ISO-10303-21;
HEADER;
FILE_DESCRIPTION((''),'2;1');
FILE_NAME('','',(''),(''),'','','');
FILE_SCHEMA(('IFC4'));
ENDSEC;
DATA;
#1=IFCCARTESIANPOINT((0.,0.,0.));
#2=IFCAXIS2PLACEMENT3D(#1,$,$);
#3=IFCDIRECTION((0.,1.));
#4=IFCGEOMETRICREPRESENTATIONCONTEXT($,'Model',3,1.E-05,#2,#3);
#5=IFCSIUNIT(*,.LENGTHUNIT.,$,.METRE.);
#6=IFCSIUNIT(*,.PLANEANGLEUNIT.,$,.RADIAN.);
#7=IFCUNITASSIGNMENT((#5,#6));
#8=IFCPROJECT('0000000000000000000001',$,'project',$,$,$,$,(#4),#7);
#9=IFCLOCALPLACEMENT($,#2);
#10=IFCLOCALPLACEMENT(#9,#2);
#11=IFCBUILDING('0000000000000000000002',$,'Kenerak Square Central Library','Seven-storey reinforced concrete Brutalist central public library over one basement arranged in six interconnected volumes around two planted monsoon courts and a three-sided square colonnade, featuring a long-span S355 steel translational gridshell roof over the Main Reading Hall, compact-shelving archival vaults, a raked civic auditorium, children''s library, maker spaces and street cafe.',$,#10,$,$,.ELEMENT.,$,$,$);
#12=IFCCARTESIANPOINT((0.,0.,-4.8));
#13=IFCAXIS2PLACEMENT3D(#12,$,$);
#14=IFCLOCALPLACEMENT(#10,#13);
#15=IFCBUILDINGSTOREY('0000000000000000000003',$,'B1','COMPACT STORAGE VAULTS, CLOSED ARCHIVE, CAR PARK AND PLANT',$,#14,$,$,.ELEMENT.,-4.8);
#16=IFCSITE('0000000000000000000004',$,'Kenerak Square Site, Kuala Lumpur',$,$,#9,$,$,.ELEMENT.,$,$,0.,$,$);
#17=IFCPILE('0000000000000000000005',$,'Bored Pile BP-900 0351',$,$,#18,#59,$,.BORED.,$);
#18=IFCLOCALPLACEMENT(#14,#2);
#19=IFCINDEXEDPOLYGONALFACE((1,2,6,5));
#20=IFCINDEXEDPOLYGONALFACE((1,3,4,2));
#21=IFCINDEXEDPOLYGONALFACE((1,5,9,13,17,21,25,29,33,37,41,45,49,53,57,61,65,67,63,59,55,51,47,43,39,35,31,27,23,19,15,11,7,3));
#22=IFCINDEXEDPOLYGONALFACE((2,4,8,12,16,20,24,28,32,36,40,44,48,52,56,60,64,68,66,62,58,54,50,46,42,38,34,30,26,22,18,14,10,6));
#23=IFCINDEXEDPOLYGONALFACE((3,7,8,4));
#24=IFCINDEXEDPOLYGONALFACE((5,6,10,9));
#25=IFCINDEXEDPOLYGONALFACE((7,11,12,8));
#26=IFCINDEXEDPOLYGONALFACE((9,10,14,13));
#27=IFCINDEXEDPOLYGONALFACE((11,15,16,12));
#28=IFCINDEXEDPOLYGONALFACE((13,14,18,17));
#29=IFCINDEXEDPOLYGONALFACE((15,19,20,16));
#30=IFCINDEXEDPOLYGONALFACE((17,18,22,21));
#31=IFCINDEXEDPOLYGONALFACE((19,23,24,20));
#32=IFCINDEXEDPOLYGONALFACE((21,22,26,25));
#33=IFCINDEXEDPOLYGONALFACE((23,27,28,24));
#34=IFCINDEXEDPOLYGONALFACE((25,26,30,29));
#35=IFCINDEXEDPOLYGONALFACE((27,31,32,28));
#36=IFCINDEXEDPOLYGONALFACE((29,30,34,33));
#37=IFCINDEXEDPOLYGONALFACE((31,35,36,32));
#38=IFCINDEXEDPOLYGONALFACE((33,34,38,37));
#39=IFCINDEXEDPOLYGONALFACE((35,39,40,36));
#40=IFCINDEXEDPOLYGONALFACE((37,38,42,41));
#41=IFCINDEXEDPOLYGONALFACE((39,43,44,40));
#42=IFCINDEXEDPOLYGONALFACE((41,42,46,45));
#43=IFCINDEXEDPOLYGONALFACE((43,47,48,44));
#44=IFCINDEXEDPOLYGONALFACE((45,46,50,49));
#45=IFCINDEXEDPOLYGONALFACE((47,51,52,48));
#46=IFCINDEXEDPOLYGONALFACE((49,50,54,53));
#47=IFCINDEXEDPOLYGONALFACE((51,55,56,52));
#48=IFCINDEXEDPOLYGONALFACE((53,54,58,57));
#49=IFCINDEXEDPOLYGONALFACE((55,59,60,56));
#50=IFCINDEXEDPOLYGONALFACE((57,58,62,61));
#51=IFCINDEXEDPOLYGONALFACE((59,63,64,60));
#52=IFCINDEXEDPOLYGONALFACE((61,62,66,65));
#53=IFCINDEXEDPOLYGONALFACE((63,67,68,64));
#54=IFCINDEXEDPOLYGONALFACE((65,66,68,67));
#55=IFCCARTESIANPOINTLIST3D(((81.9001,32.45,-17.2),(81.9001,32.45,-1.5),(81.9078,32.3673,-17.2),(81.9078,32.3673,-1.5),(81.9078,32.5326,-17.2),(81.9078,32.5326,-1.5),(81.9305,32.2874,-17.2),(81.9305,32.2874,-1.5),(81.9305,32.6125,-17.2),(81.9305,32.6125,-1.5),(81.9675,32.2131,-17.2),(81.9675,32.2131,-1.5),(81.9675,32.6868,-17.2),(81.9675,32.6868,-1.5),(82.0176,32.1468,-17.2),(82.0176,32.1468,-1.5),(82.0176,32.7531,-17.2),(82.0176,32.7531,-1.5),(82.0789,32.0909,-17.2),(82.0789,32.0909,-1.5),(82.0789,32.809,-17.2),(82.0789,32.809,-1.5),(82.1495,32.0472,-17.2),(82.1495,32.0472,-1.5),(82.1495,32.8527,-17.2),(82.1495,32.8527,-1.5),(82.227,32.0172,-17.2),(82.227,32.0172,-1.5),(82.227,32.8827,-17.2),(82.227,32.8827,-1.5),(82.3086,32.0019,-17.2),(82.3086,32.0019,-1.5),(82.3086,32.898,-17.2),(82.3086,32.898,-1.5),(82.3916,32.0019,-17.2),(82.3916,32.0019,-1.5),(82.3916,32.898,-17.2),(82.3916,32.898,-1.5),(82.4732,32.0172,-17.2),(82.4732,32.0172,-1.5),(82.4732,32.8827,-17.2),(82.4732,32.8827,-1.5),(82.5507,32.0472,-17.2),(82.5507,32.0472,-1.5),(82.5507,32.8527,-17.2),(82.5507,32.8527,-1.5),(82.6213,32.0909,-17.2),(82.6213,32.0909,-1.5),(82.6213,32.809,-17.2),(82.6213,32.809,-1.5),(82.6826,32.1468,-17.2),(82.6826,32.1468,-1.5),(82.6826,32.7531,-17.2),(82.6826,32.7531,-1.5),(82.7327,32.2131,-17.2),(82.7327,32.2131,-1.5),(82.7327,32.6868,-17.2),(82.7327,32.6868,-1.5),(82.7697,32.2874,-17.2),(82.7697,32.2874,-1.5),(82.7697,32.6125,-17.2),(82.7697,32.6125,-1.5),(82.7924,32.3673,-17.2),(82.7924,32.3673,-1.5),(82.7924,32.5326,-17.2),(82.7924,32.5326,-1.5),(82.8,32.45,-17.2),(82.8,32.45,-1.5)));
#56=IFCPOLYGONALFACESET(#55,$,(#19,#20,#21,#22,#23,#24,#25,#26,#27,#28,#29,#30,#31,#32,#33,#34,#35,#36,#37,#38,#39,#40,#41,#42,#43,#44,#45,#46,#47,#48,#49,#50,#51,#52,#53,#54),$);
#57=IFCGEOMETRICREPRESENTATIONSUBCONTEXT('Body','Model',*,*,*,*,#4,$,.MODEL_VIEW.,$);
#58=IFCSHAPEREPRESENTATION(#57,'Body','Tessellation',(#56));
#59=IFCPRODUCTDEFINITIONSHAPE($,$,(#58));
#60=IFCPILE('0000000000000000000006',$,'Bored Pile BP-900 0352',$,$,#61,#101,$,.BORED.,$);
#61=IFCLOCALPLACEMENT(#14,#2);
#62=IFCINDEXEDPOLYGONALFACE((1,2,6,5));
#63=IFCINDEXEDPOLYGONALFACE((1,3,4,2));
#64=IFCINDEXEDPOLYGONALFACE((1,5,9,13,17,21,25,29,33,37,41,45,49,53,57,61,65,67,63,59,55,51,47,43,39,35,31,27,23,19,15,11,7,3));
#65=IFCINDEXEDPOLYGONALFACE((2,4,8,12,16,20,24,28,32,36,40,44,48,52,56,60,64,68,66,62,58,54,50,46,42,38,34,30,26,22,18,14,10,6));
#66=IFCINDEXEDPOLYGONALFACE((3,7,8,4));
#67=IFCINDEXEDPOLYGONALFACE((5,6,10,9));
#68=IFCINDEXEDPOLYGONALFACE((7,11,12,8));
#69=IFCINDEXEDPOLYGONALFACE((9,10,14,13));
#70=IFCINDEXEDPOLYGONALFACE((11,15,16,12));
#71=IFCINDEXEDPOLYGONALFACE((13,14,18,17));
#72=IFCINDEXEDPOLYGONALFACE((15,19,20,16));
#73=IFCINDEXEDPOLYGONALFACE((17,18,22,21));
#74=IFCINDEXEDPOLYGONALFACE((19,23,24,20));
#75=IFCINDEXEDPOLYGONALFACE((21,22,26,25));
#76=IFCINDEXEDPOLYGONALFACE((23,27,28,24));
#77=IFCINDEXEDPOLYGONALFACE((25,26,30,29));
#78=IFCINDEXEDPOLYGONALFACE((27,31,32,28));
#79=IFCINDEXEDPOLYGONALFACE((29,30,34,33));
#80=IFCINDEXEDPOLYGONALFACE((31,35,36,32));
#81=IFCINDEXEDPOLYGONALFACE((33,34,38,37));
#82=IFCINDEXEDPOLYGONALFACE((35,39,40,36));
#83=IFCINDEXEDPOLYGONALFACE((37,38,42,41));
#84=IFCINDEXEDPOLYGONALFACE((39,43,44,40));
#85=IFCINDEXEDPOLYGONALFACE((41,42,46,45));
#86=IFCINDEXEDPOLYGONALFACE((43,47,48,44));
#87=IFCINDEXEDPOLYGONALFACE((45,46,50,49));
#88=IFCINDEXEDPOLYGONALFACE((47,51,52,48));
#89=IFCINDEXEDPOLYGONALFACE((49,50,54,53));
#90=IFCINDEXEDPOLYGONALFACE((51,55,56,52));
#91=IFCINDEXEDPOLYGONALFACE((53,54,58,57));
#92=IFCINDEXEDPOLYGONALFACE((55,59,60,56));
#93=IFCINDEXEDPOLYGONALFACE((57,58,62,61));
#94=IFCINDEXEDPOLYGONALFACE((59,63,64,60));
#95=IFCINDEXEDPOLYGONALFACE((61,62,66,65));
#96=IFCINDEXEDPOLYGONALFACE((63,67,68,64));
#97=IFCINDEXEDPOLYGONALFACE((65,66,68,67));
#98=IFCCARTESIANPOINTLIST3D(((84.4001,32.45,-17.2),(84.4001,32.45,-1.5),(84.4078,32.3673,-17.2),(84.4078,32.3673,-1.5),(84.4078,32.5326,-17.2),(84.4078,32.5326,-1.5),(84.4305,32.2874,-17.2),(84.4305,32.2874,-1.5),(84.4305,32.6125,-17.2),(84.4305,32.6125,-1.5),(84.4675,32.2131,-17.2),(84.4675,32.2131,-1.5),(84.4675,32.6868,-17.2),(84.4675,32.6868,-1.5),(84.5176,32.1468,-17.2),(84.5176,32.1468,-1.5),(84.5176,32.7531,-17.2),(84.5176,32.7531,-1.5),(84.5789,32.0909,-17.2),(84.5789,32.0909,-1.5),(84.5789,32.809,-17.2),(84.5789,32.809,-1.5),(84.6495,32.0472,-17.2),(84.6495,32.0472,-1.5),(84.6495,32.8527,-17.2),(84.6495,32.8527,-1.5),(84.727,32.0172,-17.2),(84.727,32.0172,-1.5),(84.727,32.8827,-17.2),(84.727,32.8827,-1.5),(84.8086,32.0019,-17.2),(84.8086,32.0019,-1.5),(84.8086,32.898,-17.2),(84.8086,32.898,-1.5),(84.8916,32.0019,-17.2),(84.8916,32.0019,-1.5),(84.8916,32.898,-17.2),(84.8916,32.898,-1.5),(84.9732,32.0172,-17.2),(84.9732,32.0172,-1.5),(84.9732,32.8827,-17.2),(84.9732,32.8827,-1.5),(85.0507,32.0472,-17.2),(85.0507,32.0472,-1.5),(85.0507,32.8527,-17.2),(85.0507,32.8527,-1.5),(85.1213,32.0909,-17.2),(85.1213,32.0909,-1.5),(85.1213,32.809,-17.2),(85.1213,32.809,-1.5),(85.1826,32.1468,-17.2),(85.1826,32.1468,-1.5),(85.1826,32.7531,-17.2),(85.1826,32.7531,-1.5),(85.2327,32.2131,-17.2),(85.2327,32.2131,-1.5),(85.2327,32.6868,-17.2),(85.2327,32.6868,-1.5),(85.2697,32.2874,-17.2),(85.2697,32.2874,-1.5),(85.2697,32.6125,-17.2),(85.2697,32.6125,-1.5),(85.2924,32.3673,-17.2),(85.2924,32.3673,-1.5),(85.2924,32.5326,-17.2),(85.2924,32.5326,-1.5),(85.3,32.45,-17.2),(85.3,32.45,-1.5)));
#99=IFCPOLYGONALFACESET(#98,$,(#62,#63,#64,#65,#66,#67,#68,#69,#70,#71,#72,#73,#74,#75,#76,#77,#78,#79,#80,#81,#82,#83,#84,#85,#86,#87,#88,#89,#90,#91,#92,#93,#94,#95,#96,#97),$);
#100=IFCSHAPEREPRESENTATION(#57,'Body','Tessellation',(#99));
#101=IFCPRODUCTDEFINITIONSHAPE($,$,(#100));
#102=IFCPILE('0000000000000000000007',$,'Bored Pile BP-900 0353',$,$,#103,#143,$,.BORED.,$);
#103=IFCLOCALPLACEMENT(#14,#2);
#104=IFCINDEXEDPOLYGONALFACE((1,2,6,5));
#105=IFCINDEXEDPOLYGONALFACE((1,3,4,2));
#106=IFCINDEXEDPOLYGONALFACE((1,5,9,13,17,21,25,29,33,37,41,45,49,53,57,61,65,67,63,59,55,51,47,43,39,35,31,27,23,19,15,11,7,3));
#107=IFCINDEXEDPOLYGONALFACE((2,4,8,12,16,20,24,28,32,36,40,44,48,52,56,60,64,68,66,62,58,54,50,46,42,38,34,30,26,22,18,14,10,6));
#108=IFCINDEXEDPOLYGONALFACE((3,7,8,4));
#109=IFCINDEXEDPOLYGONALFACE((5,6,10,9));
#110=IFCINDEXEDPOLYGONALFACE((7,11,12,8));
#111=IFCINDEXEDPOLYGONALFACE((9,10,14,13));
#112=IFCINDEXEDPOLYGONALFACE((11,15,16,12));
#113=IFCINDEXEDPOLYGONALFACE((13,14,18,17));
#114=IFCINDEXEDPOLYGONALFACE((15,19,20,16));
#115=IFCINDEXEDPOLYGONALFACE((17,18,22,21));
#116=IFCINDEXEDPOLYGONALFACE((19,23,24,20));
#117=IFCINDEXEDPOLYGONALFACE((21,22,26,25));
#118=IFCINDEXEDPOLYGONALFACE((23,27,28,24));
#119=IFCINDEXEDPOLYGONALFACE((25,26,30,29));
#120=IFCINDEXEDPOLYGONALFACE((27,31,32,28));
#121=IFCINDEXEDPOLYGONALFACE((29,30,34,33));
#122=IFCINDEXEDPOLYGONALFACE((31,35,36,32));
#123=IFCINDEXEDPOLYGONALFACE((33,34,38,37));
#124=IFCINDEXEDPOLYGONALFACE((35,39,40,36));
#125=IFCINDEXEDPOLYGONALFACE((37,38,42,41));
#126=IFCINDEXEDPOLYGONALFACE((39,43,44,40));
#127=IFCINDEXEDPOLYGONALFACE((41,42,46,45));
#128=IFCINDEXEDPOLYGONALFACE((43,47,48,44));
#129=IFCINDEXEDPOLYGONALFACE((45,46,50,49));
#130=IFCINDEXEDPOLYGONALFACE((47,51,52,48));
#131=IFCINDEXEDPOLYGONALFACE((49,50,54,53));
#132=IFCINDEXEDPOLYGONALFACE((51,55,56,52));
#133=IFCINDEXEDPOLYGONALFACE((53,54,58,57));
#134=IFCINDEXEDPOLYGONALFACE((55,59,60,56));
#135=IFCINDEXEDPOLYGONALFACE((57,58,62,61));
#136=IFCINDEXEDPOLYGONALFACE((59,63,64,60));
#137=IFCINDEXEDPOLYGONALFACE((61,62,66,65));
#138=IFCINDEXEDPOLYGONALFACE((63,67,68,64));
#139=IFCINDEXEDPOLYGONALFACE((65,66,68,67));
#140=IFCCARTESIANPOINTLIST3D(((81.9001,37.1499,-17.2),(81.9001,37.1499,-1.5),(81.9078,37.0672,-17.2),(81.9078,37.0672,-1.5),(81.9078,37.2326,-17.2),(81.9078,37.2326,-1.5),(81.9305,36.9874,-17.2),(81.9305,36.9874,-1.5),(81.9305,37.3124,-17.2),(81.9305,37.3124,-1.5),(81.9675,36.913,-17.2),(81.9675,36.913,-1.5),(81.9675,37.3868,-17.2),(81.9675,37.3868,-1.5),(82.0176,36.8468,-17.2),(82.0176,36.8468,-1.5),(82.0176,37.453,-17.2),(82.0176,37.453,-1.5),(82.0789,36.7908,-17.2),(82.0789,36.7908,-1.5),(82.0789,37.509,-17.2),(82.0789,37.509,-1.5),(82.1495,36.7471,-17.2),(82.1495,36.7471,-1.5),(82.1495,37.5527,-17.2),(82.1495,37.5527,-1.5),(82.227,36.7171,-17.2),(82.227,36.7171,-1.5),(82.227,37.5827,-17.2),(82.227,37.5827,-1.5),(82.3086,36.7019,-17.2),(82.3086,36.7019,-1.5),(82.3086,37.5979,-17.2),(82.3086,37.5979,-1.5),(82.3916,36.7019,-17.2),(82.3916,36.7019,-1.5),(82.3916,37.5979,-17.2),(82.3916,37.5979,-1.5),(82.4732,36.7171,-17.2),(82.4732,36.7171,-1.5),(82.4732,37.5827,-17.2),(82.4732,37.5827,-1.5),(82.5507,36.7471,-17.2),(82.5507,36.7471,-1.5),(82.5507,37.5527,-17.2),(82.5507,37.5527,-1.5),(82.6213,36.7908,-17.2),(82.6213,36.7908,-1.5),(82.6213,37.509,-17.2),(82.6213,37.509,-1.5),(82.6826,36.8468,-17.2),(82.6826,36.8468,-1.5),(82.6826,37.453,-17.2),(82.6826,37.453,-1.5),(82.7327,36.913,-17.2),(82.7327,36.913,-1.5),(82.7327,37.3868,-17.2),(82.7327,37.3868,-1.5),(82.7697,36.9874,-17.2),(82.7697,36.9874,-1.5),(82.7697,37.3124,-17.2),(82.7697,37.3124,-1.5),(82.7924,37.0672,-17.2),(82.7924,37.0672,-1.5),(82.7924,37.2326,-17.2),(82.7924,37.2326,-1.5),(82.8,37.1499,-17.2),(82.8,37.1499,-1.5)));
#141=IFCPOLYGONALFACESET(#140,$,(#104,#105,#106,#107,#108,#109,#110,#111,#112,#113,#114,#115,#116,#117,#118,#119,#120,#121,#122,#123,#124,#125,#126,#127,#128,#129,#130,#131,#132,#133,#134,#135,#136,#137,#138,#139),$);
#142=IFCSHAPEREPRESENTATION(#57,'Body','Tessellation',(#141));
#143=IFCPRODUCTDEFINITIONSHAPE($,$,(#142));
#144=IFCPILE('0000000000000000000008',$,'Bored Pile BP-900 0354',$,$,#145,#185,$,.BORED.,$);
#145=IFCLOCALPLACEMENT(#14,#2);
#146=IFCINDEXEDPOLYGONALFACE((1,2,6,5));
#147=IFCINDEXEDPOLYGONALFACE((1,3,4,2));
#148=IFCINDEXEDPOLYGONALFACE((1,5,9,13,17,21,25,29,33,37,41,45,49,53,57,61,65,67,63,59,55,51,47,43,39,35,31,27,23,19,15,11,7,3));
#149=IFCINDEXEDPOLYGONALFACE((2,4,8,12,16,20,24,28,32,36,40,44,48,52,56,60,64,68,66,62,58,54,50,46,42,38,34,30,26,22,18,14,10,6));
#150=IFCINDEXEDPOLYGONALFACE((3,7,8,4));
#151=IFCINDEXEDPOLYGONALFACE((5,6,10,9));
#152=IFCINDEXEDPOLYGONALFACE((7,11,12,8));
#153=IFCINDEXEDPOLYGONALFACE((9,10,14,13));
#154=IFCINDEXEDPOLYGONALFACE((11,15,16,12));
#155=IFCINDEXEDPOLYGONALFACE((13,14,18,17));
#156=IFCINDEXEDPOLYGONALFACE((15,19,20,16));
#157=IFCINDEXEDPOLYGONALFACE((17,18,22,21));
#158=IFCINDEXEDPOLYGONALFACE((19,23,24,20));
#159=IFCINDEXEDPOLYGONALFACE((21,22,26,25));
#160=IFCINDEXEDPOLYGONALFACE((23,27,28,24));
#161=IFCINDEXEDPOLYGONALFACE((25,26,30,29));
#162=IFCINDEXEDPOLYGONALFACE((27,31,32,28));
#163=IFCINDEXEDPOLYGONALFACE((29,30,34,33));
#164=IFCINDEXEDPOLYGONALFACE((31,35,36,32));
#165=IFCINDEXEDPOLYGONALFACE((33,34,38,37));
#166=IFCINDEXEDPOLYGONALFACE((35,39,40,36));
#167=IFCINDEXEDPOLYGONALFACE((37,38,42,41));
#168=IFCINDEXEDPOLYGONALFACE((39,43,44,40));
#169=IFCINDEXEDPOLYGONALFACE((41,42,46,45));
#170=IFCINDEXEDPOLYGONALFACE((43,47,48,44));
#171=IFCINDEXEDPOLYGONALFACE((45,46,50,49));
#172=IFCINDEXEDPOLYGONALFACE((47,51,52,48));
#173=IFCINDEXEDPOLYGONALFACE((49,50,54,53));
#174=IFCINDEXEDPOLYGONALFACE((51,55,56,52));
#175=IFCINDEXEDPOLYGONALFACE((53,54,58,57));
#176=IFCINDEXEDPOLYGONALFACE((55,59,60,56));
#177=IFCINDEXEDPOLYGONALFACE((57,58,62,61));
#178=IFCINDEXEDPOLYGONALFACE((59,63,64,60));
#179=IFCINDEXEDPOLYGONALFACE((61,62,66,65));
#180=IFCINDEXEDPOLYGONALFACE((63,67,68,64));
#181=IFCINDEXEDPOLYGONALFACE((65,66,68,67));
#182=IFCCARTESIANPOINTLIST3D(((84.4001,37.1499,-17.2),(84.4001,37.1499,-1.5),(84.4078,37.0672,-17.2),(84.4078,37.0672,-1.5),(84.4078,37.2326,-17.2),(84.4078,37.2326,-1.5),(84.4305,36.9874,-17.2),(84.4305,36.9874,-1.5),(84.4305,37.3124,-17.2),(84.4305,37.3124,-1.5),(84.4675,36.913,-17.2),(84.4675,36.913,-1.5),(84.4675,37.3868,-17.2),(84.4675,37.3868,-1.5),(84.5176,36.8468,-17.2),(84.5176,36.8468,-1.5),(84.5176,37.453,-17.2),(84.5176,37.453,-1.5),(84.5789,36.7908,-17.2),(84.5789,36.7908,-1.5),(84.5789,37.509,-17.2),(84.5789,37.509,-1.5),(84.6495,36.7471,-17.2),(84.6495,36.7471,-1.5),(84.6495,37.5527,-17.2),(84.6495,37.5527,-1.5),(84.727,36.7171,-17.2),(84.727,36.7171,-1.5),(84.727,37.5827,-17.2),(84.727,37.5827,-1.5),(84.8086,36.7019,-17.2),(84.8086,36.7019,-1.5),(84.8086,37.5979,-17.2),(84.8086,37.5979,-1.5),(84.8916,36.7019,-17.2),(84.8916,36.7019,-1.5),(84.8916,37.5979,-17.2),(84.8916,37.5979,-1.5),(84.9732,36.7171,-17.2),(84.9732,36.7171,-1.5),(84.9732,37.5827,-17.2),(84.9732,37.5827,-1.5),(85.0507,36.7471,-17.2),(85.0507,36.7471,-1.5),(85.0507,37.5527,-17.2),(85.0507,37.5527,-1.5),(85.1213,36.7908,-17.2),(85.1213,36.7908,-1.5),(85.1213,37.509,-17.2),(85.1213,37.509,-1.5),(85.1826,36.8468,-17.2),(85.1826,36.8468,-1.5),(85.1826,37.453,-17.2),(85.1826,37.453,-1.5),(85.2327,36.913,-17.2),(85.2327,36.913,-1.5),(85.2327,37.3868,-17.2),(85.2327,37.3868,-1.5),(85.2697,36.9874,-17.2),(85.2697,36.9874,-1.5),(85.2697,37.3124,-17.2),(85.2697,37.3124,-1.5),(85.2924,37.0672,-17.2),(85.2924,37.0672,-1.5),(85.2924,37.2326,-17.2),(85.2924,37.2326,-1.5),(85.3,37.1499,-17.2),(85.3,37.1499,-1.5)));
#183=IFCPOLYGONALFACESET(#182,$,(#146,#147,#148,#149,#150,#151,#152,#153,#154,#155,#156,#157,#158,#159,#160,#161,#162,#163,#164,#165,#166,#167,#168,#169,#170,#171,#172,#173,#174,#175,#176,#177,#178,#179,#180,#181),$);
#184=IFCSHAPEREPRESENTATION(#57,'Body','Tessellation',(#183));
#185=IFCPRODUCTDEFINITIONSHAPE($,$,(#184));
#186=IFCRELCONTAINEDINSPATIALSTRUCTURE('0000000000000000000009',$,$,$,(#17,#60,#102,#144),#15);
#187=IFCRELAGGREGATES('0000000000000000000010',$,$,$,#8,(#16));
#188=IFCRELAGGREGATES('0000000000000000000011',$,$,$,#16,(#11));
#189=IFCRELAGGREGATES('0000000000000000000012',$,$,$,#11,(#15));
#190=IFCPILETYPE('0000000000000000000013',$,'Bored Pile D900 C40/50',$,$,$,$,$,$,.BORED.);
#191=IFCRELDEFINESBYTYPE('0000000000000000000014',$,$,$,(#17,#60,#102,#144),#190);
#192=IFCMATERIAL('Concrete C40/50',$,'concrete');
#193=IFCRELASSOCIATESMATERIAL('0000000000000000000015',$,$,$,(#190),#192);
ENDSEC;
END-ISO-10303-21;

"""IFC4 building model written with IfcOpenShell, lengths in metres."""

from ifc_helpers import new_model, si_unit, direction, frame, origin, origin_2d, place, context, subcontext, project, spatial, circle, extrude, material, material_profile, profile_set, type_object, element, save


model = new_model("IFC4")

# Units and contexts
model_context = context("Model", 3, precision=1e-05, world=origin(), true_north=direction((0.0, 1.0)))
body_context = subcontext(model_context, "Body", "Model", "MODEL_VIEW")
ifc_project = project(units=[si_unit("LENGTHUNIT", "METRE"), si_unit("PLANEANGLEUNIT", "RADIAN")], contexts=[model_context])

# Site, building, storey
site_placement = place(None, origin())
site = spatial("IfcSite", under=ifc_project, at=site_placement, Name="Kenerak Square Site, Kuala Lumpur", CompositionType="ELEMENT", RefElevation=0.0)
building_placement = place(site_placement, origin())
building = spatial("IfcBuilding", under=site, at=building_placement, Name="Kenerak Square Central Library", Description="Seven-storey reinforced concrete Brutalist central public library over one basement arranged in six interconnected volumes around two planted monsoon courts and a three-sided square colonnade, featuring a long-span S355 steel translational gridshell roof over the Main Reading Hall, compact-shelving archival vaults, a raked civic auditorium, children's library, maker spaces and street cafe.", CompositionType="ELEMENT")
storey_placement = place(building_placement, frame((0.0, 0.0, -4.8)))
storey = spatial("IfcBuildingStorey", under=building, at=storey_placement, Name="B1", Description="COMPACT STORAGE VAULTS, CLOSED ARCHIVE, CAR PARK AND PLANT", CompositionType="ELEMENT", Elevation=-4.8)

# Piles
ifc_material_1 = material(Name="Concrete C40/50", Category="concrete")
ifc_material_profile_1 = material_profile(ifc_material_1, circle(Radius=0.45, at=origin_2d()), Name="BP D900")
ifc_profile_set_1 = profile_set([ifc_material_profile_1], Name="Concrete C40/50")
pile_type = type_object("IfcPileType", Name="Bored Pile D900 C40/50", PredefinedType="BORED", material=ifc_profile_set_1)
for number, where, z_axis, x_axis, name in (
    (1, (82.3501, 32.45, -1.5), (0.0, 0.0, -1.0), (1.0, 0.0, 0.0), "Bored Pile BP-900 0351"),
    (2, (84.8501, 32.45, -1.5), (0.0, 0.0, -1.0), (1.0, 0.0, 0.0), "Bored Pile BP-900 0352"),
    (3, (82.3501, 37.1499, -1.5), (0.0, 0.0, -1.0), (1.0, 0.0, 0.0), "Bored Pile BP-900 0353"),
    (4, (84.8501, 37.1499, -1.5), (0.0, 0.0, -1.0), (1.0, 0.0, 0.0), "Bored Pile BP-900 0354"),
):
    element("IfcPile", number, at=place(storey_placement, frame(where, z_axis=z_axis, x_axis=x_axis)), inside=storey, type_object=pile_type, Name=name, PredefinedType="BORED", context=body_context, shape_type="SweptSolid", body=[
        extrude(circle(Radius=0.45, at=origin_2d()), origin(), (0.0, 0.0, 1.0), 15.7),
    ])

save(model, "model.ifc")
